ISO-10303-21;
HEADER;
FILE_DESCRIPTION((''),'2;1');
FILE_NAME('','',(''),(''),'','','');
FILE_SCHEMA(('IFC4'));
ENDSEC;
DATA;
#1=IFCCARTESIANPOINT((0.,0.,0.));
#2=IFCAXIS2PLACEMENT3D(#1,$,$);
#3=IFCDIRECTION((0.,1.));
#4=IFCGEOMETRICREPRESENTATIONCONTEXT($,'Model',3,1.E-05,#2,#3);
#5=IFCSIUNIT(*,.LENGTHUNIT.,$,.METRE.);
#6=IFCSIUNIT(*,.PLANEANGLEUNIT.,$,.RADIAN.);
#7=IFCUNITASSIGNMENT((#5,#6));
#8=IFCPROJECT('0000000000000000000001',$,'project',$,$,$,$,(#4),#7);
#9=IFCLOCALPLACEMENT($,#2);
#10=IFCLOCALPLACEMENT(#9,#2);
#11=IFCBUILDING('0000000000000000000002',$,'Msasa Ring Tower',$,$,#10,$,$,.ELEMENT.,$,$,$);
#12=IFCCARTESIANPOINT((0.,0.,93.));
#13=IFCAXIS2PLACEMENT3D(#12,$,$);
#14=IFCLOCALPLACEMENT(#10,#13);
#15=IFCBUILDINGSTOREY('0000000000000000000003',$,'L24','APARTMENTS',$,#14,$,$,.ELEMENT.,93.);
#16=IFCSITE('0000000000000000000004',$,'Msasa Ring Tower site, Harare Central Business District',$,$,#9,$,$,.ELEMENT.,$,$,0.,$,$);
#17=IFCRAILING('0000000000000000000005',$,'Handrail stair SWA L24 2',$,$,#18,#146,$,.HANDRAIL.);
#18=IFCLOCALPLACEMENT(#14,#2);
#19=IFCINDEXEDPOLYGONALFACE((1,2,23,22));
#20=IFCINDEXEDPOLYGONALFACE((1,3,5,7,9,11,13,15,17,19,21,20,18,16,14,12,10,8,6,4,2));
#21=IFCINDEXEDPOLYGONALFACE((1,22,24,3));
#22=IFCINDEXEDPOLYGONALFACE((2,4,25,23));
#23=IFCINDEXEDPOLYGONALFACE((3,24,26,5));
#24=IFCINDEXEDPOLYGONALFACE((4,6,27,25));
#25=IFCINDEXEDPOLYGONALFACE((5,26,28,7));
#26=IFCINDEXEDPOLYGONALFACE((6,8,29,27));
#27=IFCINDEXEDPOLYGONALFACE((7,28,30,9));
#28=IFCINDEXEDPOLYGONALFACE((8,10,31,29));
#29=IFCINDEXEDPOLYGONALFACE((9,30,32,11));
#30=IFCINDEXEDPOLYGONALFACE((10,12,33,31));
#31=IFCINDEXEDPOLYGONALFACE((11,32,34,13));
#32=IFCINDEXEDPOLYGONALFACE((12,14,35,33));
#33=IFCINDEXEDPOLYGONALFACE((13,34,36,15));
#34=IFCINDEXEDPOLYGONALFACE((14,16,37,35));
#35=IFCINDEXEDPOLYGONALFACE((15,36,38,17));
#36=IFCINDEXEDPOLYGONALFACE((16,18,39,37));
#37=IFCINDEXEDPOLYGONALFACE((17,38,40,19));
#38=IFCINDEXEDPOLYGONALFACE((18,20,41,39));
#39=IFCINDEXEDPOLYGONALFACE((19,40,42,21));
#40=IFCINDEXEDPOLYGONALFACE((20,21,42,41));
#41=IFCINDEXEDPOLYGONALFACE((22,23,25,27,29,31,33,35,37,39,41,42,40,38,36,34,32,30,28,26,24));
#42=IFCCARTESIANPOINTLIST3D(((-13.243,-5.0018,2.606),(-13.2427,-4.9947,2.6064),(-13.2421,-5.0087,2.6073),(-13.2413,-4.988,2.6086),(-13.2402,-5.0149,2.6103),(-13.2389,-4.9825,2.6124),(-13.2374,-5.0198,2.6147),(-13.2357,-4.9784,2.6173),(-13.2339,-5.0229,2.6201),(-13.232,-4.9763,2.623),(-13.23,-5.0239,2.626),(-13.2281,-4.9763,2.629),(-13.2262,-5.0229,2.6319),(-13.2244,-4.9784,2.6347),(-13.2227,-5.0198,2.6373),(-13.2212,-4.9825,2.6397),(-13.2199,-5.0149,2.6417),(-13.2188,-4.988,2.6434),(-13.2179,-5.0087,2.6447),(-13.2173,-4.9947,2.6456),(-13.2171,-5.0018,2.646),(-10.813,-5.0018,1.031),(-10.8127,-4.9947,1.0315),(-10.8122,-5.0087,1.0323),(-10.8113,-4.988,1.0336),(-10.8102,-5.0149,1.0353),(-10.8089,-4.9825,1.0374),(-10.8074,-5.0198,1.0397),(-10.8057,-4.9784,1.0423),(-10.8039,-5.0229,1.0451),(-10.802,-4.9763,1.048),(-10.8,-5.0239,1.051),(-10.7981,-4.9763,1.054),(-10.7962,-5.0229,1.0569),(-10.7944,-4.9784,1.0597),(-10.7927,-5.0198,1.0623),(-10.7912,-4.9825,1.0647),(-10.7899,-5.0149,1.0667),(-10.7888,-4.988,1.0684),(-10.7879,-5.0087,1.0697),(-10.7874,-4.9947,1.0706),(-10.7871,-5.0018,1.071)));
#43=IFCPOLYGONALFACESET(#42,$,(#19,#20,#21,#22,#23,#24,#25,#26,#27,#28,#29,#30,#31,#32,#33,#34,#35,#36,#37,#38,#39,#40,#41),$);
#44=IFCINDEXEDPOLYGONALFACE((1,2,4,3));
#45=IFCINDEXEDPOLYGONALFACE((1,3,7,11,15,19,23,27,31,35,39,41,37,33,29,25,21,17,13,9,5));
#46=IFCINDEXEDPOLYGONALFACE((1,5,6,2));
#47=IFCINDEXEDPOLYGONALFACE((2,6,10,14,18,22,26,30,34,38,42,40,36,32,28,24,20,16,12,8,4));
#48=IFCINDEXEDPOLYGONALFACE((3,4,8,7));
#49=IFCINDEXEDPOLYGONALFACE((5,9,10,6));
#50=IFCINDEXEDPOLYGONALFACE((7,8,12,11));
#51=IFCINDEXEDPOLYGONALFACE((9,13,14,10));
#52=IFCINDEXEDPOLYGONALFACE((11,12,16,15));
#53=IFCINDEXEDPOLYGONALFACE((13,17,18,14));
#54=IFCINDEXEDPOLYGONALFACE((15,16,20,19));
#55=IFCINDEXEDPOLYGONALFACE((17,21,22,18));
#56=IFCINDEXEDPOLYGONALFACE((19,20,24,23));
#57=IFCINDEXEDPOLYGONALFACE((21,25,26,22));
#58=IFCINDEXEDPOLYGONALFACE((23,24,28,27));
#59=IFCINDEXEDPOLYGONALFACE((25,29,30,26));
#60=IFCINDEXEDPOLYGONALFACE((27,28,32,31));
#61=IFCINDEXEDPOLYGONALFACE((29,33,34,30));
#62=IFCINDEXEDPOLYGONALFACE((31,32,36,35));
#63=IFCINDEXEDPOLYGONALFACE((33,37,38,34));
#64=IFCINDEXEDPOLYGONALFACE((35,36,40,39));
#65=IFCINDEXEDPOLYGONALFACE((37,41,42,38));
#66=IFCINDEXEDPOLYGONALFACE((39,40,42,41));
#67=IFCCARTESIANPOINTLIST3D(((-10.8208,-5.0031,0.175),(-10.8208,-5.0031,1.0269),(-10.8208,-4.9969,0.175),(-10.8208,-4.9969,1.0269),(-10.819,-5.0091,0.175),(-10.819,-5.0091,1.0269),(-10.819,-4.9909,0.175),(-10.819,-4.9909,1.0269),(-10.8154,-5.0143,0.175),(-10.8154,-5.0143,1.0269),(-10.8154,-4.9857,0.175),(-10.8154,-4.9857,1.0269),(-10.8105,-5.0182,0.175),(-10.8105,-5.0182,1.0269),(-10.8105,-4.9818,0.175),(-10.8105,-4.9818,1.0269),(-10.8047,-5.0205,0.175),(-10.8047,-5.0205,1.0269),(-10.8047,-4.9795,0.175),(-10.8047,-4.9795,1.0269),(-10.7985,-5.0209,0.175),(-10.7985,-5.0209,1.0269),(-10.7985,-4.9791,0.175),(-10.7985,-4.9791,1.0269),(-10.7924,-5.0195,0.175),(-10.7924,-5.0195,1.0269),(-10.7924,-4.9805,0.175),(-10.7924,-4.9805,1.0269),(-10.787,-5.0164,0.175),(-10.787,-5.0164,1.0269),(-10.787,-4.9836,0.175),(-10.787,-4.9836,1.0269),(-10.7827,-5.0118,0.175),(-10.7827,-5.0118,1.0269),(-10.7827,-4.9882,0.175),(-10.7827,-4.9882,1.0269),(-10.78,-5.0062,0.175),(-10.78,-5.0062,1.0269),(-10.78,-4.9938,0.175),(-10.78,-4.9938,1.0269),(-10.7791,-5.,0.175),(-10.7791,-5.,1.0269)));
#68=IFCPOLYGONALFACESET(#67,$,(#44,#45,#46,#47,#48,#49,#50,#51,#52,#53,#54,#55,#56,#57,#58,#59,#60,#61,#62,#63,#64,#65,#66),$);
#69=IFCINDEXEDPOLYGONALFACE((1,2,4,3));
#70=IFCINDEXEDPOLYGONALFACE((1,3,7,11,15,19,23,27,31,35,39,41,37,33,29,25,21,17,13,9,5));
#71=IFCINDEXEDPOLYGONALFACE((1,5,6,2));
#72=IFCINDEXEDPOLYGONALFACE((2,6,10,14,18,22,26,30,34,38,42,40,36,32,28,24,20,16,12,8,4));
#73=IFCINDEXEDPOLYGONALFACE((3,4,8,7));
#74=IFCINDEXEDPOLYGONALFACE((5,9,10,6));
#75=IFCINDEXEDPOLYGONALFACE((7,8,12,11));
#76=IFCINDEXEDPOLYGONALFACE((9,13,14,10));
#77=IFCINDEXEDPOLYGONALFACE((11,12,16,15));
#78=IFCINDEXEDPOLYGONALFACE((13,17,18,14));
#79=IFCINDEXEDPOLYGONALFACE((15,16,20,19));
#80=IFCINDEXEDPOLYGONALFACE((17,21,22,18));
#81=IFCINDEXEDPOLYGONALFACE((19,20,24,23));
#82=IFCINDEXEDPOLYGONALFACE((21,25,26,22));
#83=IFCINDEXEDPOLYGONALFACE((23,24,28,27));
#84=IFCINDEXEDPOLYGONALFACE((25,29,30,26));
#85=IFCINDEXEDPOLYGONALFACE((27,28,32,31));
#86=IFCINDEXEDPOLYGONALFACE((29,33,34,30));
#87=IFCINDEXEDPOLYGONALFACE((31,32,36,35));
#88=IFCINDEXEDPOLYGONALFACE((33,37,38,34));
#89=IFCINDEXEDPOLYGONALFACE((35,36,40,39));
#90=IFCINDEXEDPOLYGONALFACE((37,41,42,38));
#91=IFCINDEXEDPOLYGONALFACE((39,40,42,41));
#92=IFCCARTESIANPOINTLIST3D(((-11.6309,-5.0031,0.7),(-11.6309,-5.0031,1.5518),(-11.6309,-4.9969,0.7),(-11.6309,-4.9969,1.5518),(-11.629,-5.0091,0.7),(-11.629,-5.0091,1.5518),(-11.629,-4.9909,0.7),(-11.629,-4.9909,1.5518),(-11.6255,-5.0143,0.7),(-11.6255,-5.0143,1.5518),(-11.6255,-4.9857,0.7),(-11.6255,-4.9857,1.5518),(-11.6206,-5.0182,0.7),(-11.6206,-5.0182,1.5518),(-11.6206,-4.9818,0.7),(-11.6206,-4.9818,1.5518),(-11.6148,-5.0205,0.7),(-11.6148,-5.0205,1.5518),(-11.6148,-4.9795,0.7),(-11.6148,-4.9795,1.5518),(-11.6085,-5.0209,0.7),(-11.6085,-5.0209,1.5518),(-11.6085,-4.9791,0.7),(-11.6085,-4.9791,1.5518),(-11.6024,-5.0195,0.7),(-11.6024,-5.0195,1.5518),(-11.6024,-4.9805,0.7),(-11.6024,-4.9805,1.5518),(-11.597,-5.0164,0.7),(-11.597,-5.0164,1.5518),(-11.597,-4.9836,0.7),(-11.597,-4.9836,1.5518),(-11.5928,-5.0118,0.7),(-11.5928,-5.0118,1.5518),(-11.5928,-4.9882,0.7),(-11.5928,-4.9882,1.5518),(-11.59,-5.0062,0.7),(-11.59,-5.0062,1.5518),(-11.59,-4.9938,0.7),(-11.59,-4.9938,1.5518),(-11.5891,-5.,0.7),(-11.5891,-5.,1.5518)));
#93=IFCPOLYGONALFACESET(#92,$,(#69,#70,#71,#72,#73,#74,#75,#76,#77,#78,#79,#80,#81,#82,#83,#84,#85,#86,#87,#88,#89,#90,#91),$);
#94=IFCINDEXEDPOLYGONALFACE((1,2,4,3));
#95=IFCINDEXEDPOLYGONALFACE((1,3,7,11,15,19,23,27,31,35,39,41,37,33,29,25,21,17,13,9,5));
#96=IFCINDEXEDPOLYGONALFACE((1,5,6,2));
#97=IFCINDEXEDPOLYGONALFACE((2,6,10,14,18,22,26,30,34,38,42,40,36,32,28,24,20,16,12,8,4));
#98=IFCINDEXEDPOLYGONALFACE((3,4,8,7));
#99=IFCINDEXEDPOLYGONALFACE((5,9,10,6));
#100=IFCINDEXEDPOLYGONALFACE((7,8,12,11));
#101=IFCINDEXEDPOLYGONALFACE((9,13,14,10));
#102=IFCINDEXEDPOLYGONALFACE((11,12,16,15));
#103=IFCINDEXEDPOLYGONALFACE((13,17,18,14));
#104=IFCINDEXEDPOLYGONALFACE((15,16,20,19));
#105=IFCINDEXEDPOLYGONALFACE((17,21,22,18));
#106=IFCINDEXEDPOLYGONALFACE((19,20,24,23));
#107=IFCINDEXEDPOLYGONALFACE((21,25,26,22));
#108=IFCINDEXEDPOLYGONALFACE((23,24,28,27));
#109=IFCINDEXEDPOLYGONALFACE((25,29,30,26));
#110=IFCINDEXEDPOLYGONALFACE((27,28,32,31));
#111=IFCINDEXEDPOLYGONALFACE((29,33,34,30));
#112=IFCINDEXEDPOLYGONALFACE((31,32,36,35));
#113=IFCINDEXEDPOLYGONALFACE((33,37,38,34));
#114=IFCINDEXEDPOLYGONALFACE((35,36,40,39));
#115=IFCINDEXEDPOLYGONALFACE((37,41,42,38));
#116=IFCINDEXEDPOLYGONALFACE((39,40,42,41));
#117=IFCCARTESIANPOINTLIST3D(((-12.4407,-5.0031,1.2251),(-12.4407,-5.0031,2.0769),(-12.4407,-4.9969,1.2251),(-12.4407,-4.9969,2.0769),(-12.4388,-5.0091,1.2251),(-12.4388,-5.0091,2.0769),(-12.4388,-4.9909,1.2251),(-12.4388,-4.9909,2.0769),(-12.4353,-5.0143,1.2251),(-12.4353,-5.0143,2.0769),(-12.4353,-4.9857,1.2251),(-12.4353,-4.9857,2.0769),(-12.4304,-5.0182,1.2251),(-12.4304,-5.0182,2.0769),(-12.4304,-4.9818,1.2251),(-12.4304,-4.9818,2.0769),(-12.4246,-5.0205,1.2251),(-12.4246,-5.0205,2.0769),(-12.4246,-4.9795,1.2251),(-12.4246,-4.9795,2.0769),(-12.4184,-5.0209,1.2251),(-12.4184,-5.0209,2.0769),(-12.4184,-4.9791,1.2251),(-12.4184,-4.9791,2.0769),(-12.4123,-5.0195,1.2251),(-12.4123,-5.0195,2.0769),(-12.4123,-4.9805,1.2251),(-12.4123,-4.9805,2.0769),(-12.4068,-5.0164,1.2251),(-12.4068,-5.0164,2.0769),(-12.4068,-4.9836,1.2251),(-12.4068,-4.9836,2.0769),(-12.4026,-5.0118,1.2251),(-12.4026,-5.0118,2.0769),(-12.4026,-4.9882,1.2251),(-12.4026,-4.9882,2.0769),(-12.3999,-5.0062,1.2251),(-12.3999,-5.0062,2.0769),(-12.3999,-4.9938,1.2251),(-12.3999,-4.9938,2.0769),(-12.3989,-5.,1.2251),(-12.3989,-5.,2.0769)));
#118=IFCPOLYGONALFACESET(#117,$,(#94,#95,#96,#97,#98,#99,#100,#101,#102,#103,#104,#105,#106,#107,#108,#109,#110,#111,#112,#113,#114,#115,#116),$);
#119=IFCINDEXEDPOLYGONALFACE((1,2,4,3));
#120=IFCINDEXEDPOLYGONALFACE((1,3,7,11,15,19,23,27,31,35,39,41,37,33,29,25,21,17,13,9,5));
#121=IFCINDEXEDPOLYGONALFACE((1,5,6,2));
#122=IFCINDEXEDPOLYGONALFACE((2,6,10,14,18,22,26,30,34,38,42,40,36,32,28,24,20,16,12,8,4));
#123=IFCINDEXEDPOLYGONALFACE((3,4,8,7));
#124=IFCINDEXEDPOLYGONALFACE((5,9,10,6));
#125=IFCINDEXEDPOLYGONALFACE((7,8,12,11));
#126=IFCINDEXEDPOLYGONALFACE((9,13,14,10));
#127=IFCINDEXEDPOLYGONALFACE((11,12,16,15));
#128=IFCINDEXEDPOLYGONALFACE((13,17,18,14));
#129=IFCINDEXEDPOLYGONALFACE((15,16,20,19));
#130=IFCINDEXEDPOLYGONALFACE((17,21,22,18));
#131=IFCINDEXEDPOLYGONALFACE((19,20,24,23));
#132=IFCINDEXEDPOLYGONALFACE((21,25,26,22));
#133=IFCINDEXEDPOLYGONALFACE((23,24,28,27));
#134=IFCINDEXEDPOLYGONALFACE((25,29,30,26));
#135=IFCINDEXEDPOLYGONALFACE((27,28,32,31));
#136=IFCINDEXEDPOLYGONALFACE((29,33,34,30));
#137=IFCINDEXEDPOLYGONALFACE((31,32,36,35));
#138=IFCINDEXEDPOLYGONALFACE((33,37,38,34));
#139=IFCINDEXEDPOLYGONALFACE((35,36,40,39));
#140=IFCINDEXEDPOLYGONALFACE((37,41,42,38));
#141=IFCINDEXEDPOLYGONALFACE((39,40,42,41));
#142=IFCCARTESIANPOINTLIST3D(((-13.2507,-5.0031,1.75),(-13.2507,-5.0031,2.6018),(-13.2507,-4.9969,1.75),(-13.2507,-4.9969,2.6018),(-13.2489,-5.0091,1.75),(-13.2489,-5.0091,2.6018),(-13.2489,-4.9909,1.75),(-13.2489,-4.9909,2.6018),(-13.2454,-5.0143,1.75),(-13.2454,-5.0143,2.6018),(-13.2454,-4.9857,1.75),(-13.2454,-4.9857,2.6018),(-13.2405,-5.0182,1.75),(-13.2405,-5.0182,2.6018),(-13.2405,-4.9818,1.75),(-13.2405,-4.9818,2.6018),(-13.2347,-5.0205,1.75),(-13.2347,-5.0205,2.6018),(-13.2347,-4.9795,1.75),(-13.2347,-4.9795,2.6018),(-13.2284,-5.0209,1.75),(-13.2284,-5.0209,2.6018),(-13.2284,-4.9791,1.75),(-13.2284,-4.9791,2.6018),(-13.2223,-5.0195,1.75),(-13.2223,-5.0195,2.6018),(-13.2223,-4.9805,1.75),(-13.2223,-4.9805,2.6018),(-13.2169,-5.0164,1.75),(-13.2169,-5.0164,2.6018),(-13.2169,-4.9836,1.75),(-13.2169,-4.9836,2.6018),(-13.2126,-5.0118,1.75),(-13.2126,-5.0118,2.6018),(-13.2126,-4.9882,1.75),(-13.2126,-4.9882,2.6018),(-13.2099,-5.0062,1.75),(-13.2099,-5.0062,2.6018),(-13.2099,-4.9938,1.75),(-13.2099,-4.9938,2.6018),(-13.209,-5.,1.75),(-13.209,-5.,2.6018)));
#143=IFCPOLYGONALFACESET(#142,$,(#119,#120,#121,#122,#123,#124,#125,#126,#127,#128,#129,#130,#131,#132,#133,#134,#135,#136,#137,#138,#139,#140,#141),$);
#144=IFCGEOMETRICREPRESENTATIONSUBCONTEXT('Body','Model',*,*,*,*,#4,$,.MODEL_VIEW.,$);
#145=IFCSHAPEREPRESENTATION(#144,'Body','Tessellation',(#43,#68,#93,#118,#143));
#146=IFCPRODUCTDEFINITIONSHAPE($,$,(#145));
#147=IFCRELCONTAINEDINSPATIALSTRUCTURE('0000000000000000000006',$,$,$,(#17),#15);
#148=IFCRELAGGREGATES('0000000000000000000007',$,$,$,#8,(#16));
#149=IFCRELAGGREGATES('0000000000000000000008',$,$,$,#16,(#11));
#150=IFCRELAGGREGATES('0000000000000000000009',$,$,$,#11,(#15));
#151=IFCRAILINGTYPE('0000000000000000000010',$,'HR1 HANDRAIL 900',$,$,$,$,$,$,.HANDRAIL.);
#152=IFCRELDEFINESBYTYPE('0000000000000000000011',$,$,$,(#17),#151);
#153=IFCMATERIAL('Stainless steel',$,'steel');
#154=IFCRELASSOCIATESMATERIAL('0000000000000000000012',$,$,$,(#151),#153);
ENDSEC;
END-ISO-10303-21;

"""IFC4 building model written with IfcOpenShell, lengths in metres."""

from ifc_helpers import new_model, si_unit, direction, frame, origin, origin_2d, place, context, subcontext, project, spatial, circle, extrude, material, type_object, element, save


model = new_model("IFC4")

# Units and contexts
model_context = context("Model", 3, precision=1e-05, world=origin(), true_north=direction((0.0, 1.0)))
body_context = subcontext(model_context, "Body", "Model", "MODEL_VIEW")
ifc_project = project(units=[si_unit("LENGTHUNIT", "METRE"), si_unit("PLANEANGLEUNIT", "RADIAN")], contexts=[model_context])

# Site, building, storey
site_placement = place(None, origin())
site = spatial("IfcSite", under=ifc_project, at=site_placement, Name="Msasa Ring Tower site, Harare Central Business District", CompositionType="ELEMENT", RefElevation=0.0)
building_placement = place(site_placement, origin())
building = spatial("IfcBuilding", under=site, at=building_placement, Name="Msasa Ring Tower", CompositionType="ELEMENT")
storey_placement = place(building_placement, frame((0.0, 0.0, 93.0)))
storey = spatial("IfcBuildingStorey", under=building, at=storey_placement, Name="L24", Description="APARTMENTS", CompositionType="ELEMENT", Elevation=93.0)

# Railing
ifc_material_1 = material(Name="Stainless steel", Category="steel")
railing_type = type_object("IfcRailingType", Name="HR1 HANDRAIL 900", PredefinedType="HANDRAIL", material=ifc_material_1)
for number, where, name in (
    (1, (-10.8, -5.0, 0.175), "Handrail stair SWA L24 2"),
):
    element("IfcRailing", number, at=place(storey_placement, frame(where)), inside=storey, type_object=railing_type, Name=name, PredefinedType="HANDRAIL", context=body_context, shape_type="SweptSolid", body=[
        extrude(circle(Radius=0.0239, at=origin_2d()), frame((0.0, 0.0, 0.876), z_axis=(-0.839154, 0.0, 0.543894), x_axis=(0.0, -1.0, 0.0)), (0.0, 0.0, 1.0), 2.8958),
        extrude(circle(Radius=0.021, at=origin_2d()), origin(), (0.0, 0.0, 1.0), 0.8518),
        extrude(circle(Radius=0.021, at=origin_2d()), frame((-0.8101, 0.0, 0.5249)), (0.0, 0.0, 1.0), 0.8518),
        extrude(circle(Radius=0.021, at=origin_2d()), frame((-1.6199, 0.0, 1.05)), (0.0, 0.0, 1.0), 0.8518),
        extrude(circle(Radius=0.021, at=origin_2d()), frame((-2.4299, 0.0, 1.575)), (0.0, 0.0, 1.0), 0.8518),
    ])

save(model, "model.ifc")
